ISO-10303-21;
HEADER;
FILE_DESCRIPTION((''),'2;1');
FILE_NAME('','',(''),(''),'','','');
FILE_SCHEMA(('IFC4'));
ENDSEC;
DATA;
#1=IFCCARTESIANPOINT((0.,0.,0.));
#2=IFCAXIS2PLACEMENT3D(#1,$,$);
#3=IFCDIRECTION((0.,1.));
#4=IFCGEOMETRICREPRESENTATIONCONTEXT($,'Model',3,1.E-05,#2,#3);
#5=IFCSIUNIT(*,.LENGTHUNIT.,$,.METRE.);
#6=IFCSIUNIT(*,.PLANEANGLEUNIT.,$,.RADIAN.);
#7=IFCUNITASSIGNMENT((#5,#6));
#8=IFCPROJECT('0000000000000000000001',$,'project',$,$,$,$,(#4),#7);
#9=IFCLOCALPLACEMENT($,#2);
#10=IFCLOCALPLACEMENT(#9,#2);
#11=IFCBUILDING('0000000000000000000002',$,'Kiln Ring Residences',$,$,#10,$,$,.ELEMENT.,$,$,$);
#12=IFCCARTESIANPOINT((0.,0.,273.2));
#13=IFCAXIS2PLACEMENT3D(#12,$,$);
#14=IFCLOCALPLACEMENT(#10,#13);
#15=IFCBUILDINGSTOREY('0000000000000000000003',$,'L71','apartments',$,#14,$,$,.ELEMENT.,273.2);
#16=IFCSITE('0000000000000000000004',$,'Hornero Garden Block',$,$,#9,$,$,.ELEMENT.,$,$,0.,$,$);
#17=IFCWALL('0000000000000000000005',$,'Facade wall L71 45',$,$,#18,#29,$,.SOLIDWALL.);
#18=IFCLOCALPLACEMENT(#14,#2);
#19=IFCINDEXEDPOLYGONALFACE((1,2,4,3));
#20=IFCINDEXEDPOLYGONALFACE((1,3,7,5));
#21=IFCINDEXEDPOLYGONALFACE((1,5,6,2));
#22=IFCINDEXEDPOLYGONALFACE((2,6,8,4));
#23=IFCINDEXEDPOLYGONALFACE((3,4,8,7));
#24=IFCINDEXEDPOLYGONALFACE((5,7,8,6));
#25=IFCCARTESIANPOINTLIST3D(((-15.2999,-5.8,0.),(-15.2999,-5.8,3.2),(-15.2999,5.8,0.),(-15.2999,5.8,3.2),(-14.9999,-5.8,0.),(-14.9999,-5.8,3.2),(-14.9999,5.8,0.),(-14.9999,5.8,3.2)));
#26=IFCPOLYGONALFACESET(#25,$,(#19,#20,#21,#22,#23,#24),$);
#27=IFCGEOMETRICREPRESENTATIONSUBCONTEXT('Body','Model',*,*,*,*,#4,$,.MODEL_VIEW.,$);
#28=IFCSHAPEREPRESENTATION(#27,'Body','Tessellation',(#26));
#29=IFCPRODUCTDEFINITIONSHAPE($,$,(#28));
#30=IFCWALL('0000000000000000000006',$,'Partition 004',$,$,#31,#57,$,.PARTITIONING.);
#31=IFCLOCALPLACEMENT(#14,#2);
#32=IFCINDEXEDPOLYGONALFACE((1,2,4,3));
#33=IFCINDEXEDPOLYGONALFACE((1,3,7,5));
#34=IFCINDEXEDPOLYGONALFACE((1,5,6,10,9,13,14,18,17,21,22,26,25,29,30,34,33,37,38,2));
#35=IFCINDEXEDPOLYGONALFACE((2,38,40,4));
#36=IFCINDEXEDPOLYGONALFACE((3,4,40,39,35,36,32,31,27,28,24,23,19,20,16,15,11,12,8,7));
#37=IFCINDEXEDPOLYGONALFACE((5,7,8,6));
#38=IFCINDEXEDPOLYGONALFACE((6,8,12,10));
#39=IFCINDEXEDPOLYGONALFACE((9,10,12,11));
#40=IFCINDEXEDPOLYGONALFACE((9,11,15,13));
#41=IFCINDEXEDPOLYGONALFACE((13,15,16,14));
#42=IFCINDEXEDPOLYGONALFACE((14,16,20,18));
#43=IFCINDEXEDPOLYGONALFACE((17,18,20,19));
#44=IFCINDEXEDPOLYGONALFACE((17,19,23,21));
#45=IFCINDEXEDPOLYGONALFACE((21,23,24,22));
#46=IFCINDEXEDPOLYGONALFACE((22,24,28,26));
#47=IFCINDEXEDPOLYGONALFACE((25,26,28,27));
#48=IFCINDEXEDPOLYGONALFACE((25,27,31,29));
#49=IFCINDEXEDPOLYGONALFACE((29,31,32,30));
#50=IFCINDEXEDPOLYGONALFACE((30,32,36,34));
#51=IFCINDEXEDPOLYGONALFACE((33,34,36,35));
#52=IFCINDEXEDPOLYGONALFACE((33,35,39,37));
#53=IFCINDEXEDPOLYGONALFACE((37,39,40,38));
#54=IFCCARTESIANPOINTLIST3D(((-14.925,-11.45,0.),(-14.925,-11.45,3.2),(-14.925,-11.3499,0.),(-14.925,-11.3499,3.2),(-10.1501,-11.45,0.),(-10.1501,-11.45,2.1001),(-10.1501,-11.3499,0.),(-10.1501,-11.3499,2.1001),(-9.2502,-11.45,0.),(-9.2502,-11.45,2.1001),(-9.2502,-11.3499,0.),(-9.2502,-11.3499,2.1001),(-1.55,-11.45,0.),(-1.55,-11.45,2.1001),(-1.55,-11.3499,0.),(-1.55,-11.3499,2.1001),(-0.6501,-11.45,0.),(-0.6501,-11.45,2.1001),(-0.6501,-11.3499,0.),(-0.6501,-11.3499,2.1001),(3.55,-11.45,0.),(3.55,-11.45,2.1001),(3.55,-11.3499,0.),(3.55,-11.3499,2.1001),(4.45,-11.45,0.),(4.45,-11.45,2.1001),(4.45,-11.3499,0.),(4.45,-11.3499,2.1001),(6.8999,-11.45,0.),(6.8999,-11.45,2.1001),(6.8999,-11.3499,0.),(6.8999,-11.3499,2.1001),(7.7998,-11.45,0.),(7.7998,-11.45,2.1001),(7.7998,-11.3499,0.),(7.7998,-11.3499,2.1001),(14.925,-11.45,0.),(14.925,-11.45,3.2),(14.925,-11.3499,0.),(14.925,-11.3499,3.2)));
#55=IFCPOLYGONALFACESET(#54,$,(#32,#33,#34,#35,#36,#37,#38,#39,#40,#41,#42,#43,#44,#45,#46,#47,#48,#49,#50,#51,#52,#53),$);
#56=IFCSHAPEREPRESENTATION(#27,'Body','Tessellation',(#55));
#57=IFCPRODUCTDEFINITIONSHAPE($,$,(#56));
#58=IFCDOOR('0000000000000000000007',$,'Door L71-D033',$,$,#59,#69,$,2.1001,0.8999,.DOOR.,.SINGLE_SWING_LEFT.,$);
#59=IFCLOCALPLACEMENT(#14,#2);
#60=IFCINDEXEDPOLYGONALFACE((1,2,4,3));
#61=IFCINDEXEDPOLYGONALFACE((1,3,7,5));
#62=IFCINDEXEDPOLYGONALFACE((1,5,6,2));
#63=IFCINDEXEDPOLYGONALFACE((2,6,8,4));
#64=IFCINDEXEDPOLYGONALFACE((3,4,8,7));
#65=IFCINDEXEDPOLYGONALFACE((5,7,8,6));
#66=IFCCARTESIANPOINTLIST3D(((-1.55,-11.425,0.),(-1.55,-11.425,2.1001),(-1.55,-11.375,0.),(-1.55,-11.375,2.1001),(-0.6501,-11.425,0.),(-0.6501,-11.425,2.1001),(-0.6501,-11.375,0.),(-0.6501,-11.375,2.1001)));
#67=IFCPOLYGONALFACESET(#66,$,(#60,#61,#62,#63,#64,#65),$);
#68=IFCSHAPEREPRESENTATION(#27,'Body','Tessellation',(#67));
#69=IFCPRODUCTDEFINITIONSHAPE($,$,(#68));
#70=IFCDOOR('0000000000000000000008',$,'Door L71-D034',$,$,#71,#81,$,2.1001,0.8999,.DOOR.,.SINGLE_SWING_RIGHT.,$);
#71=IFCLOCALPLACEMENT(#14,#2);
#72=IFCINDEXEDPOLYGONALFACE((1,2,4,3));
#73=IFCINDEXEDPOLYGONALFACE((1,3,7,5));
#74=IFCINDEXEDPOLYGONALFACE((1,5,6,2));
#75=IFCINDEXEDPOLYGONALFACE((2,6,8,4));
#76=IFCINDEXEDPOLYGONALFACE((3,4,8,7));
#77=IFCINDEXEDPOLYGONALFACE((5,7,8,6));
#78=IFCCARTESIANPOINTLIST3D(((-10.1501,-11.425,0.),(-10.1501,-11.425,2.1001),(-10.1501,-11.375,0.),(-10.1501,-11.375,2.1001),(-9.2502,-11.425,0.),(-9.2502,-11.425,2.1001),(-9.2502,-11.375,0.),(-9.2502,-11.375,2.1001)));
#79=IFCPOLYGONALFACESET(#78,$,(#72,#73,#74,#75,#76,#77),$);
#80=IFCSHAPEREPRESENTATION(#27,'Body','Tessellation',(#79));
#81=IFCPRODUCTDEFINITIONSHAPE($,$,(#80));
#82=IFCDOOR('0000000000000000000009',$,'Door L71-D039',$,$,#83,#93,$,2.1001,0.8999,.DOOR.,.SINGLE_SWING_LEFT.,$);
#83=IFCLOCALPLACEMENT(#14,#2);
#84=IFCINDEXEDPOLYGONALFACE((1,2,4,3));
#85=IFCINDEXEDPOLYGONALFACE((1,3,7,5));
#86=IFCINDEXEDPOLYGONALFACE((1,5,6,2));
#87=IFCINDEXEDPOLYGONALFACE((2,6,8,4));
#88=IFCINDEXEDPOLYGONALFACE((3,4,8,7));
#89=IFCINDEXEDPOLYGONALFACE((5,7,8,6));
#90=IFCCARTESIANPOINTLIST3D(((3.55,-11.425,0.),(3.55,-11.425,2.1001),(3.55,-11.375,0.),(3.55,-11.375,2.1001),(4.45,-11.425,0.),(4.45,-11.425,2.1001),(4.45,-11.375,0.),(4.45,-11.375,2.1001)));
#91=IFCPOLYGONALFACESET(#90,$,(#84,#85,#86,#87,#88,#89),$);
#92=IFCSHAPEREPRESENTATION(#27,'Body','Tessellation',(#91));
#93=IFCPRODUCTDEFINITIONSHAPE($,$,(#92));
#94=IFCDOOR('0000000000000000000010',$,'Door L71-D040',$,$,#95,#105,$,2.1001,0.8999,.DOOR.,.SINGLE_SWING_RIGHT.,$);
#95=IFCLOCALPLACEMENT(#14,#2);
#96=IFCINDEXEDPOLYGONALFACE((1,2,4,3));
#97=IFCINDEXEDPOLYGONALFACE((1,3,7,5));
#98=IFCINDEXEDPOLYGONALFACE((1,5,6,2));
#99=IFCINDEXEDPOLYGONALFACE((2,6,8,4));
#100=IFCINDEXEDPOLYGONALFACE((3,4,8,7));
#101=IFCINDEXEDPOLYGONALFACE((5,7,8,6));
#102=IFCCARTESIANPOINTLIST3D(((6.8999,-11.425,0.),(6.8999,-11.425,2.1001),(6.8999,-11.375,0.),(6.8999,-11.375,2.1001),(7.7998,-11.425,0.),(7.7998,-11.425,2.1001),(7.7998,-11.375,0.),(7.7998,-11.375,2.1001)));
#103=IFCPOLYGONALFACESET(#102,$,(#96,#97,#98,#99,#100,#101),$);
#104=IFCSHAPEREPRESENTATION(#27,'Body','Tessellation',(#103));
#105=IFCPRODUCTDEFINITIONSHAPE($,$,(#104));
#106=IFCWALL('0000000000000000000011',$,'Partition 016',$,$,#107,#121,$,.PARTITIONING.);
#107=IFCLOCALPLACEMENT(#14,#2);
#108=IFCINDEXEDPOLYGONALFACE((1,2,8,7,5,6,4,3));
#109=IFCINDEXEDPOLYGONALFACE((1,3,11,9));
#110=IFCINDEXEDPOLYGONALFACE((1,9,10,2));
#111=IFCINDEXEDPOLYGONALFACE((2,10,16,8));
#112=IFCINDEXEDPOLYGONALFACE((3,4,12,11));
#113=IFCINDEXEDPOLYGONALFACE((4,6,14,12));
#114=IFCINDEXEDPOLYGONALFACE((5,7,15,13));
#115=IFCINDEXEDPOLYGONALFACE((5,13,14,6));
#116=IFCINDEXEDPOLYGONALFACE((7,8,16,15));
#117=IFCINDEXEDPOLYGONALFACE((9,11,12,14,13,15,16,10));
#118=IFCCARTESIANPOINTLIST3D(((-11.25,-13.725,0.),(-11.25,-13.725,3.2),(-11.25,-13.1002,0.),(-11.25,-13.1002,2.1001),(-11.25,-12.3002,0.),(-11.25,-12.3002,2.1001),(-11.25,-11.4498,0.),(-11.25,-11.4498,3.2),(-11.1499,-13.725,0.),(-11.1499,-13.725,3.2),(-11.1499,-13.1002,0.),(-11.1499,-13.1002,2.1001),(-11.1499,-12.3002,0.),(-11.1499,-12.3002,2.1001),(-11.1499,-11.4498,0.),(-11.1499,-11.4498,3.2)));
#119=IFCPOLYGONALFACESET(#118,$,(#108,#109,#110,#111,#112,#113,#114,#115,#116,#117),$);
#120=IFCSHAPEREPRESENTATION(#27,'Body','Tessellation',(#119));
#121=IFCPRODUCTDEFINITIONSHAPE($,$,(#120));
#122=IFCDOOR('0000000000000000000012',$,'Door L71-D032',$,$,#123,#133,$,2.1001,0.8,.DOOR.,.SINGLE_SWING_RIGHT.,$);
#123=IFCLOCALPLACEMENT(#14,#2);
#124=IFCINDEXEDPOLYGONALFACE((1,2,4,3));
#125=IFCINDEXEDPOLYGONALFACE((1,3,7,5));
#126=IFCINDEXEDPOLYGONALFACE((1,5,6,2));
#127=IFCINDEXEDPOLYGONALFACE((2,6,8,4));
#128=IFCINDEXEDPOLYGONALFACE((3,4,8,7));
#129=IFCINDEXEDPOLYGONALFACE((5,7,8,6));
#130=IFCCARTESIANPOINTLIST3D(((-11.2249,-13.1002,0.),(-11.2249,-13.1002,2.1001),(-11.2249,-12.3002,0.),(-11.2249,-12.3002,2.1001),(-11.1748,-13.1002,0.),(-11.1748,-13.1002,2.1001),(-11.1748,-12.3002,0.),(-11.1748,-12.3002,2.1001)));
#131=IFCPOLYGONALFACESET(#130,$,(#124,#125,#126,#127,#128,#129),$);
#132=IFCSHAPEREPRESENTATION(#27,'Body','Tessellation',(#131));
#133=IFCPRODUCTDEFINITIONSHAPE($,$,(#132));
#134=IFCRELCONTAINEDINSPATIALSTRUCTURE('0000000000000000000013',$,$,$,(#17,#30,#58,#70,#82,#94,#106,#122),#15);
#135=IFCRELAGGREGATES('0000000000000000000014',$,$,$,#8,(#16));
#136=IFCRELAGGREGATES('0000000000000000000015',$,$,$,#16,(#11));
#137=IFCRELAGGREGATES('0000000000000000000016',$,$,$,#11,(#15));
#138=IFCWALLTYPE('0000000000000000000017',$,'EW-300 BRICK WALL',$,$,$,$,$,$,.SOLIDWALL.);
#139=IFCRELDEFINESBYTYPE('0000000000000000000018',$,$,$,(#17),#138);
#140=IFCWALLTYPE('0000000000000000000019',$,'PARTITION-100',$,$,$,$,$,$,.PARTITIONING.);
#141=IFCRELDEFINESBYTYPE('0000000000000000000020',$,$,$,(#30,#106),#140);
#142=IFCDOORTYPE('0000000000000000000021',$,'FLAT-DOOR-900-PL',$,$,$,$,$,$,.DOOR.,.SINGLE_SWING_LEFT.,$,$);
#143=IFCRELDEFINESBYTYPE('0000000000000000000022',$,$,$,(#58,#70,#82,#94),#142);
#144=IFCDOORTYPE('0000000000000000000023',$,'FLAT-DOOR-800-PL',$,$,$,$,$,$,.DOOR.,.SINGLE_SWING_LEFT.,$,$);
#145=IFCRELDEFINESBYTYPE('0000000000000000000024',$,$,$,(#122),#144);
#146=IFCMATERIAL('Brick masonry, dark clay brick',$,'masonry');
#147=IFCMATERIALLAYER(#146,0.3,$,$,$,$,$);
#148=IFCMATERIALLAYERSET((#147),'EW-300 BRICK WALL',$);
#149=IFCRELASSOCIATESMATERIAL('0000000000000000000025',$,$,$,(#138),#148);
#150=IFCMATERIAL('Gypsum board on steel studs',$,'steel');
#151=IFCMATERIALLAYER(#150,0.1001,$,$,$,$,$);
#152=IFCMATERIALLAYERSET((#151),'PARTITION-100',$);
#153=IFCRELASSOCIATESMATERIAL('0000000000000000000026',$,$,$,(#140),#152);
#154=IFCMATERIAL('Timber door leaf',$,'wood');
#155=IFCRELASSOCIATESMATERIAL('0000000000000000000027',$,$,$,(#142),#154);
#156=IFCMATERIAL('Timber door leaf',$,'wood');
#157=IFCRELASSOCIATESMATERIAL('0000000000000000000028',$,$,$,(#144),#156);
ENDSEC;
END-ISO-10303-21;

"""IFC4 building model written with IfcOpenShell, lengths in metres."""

from ifc_helpers import new_model, si_unit, direction, frame, frame_2d, origin, place, context, subcontext, project, spatial, rectangle, extrude, material, layer, layer_set, type_object, element, fill, save


model = new_model("IFC4")

# Units and contexts
model_context = context("Model", 3, precision=1e-05, world=origin(), true_north=direction((0.0, 1.0)))
body_context = subcontext(model_context, "Body", "Model", "MODEL_VIEW")
ifc_project = project(units=[si_unit("LENGTHUNIT", "METRE"), si_unit("PLANEANGLEUNIT", "RADIAN")], contexts=[model_context])

# Site, building, storey
site_placement = place(None, origin())
site = spatial("IfcSite", under=ifc_project, at=site_placement, Name="Hornero Garden Block", CompositionType="ELEMENT", RefElevation=0.0)
building_placement = place(site_placement, origin())
building = spatial("IfcBuilding", under=site, at=building_placement, Name="Kiln Ring Residences", CompositionType="ELEMENT")
storey_placement = place(building_placement, frame((0.0, 0.0, 273.2)))
storey = spatial("IfcBuildingStorey", under=building, at=storey_placement, Name="L71", Description="apartments", CompositionType="ELEMENT", Elevation=273.2)

# Wall
ifc_material_1 = material(Name="Brick masonry, dark clay brick", Category="masonry")
ifc_layer_1 = layer(ifc_material_1, 0.3)
ifc_layer_set_1 = layer_set([ifc_layer_1], Name="EW-300 BRICK WALL")
wall_type_1 = type_object("IfcWallType", Name="EW-300 BRICK WALL", PredefinedType="SOLIDWALL", material=ifc_layer_set_1)
wall_1_placement = place(storey_placement, frame((-15.1499, -5.8, 0.0), z_axis=(0.0, 0.0, 1.0), x_axis=(0.0, 1.0, 0.0)))
element("IfcWall", 1, at=wall_1_placement, inside=storey, type_object=wall_type_1, Name="Facade wall L71 45", PredefinedType="SOLIDWALL", context=body_context, shape_type="SweptSolid", body=[
    extrude(rectangle(XDim=11.6001, YDim=0.3, at=frame_2d((5.8, 0.0))), origin(), (0.0, 0.0, 1.0), 3.2),
])

# Wall, openings, doors
ifc_material_2 = material(Name="Gypsum board on steel studs", Category="steel")
ifc_layer_2 = layer(ifc_material_2, 0.1001)
ifc_layer_set_2 = layer_set([ifc_layer_2], Name="PARTITION-100")
wall_type_2 = type_object("IfcWallType", Name="PARTITION-100", PredefinedType="PARTITIONING", material=ifc_layer_set_2)
wall_2_placement = place(storey_placement, frame((-14.925, -11.3999, 0.0), z_axis=(0.0, 0.0, 1.0), x_axis=(1.0, 0.0, 0.0)))
wall_2 = element("IfcWall", 2, at=wall_2_placement, inside=storey, type_object=wall_type_2, Name="Partition 004", PredefinedType="PARTITIONING", context=body_context, shape_type="SweptSolid", body=[
    extrude(rectangle(XDim=29.8501, YDim=0.1001, at=frame_2d((14.925, 0.0))), origin(), (0.0, 0.0, 1.0), 3.2),
])
opening_1_placement = place(wall_2_placement, frame((13.375, 0.0, 0.0)))
opening_1 = element("IfcOpeningElement", 3, at=opening_1_placement, cuts=wall_2, PredefinedType="OPENING", context=body_context, shape_type="SweptSolid", body=[
    extrude(rectangle(XDim=0.8999, YDim=2.1001, at=frame_2d((0.45, 1.05))), frame((0.0, 0.0601, 0.0), z_axis=(0.0, -1.0, 0.0), x_axis=(1.0, 0.0, 0.0)), (0.0, 0.0, 1.0), 0.1201),
])
opening_2_placement = place(wall_2_placement, frame((4.7749, 0.0, 0.0)))
opening_2 = element("IfcOpeningElement", 4, at=opening_2_placement, cuts=wall_2, PredefinedType="OPENING", context=body_context, shape_type="SweptSolid", body=[
    extrude(rectangle(XDim=0.8999, YDim=2.1001, at=frame_2d((0.45, 1.05))), frame((0.0, 0.0601, 0.0), z_axis=(0.0, -1.0, 0.0), x_axis=(1.0, 0.0, 0.0)), (0.0, 0.0, 1.0), 0.1201),
])
opening_3_placement = place(wall_2_placement, frame((18.4751, 0.0, 0.0)))
opening_3 = element("IfcOpeningElement", 5, at=opening_3_placement, cuts=wall_2, PredefinedType="OPENING", context=body_context, shape_type="SweptSolid", body=[
    extrude(rectangle(XDim=0.8999, YDim=2.1001, at=frame_2d((0.45, 1.05))), frame((0.0, 0.0601, 0.0), z_axis=(0.0, -1.0, 0.0), x_axis=(1.0, 0.0, 0.0)), (0.0, 0.0, 1.0), 0.1201),
])
opening_4_placement = place(wall_2_placement, frame((21.825, 0.0, 0.0)))
opening_4 = element("IfcOpeningElement", 6, at=opening_4_placement, cuts=wall_2, PredefinedType="OPENING", context=body_context, shape_type="SweptSolid", body=[
    extrude(rectangle(XDim=0.8999, YDim=2.1001, at=frame_2d((0.45, 1.05))), frame((0.0, 0.0601, 0.0), z_axis=(0.0, -1.0, 0.0), x_axis=(1.0, 0.0, 0.0)), (0.0, 0.0, 1.0), 0.1201),
])
ifc_material_3 = material(Name="Timber door leaf", Category="wood")
door_type_1 = type_object("IfcDoorType", Name="FLAT-DOOR-900-PL", OperationType="SINGLE_SWING_LEFT", PredefinedType="DOOR", material=ifc_material_3)
door_1_placement = place(opening_1_placement, origin())
door_1 = element("IfcDoor", 7, at=door_1_placement, inside=storey, type_object=door_type_1, Name="Door L71-D033", OperationType="SINGLE_SWING_LEFT", OverallHeight=2.1001, OverallWidth=0.8999, PredefinedType="DOOR", context=body_context, shape_type="SweptSolid", body=[
    extrude(rectangle(XDim=0.8999, YDim=2.1001, at=frame_2d((0.45, 1.05))), frame((0.0, 0.0249, 0.0), z_axis=(0.0, -1.0, 0.0), x_axis=(1.0, 0.0, 0.0)), (0.0, 0.0, 1.0), 0.05),
])
fill(opening_1, door_1)
door_2_placement = place(opening_2_placement, origin())
door_2 = element("IfcDoor", 8, at=door_2_placement, inside=storey, type_object=door_type_1, Name="Door L71-D034", OperationType="SINGLE_SWING_RIGHT", OverallHeight=2.1001, OverallWidth=0.8999, PredefinedType="DOOR", context=body_context, shape_type="SweptSolid", body=[
    extrude(rectangle(XDim=0.8999, YDim=2.1001, at=frame_2d((0.45, 1.05))), frame((0.0, 0.0249, 0.0), z_axis=(0.0, -1.0, 0.0), x_axis=(1.0, 0.0, 0.0)), (0.0, 0.0, 1.0), 0.05),
])
fill(opening_2, door_2)
door_3_placement = place(opening_3_placement, origin())
door_3 = element("IfcDoor", 9, at=door_3_placement, inside=storey, type_object=door_type_1, Name="Door L71-D039", OperationType="SINGLE_SWING_LEFT", OverallHeight=2.1001, OverallWidth=0.8999, PredefinedType="DOOR", context=body_context, shape_type="SweptSolid", body=[
    extrude(rectangle(XDim=0.8999, YDim=2.1001, at=frame_2d((0.45, 1.05))), frame((0.0, 0.0249, 0.0), z_axis=(0.0, -1.0, 0.0), x_axis=(1.0, 0.0, 0.0)), (0.0, 0.0, 1.0), 0.05),
])
fill(opening_3, door_3)
door_4_placement = place(opening_4_placement, origin())
door_4 = element("IfcDoor", 10, at=door_4_placement, inside=storey, type_object=door_type_1, Name="Door L71-D040", OperationType="SINGLE_SWING_RIGHT", OverallHeight=2.1001, OverallWidth=0.8999, PredefinedType="DOOR", context=body_context, shape_type="SweptSolid", body=[
    extrude(rectangle(XDim=0.8999, YDim=2.1001, at=frame_2d((0.45, 1.05))), frame((0.0, 0.0249, 0.0), z_axis=(0.0, -1.0, 0.0), x_axis=(1.0, 0.0, 0.0)), (0.0, 0.0, 1.0), 0.05),
])
fill(opening_4, door_4)

# Wall, opening, door
wall_3_placement = place(storey_placement, frame((-11.2, -13.7251, 0.0), z_axis=(0.0, 0.0, 1.0), x_axis=(0.0, 1.0, 0.0)))
wall_3 = element("IfcWall", 11, at=wall_3_placement, inside=storey, type_object=wall_type_2, Name="Partition 016", PredefinedType="PARTITIONING", context=body_context, shape_type="SweptSolid", body=[
    extrude(rectangle(XDim=2.2751, YDim=0.1001, at=frame_2d((1.1377, 0.0))), origin(), (0.0, 0.0, 1.0), 3.2),
])
opening_5_placement = place(wall_3_placement, frame((0.625, 0.0, 0.0)))
opening_5 = element("IfcOpeningElement", 12, at=opening_5_placement, cuts=wall_3, PredefinedType="OPENING", context=body_context, shape_type="SweptSolid", body=[
    extrude(rectangle(XDim=0.8, YDim=2.1001, at=frame_2d((0.3999, 1.05))), frame((0.0, 0.0601, 0.0), z_axis=(0.0, -1.0, 0.0), x_axis=(1.0, 0.0, 0.0)), (0.0, 0.0, 1.0), 0.1201),
])
ifc_material_4 = material(Name="Timber door leaf", Category="wood")
door_type_2 = type_object("IfcDoorType", Name="FLAT-DOOR-800-PL", OperationType="SINGLE_SWING_LEFT", PredefinedType="DOOR", material=ifc_material_4)
door_5_placement = place(opening_5_placement, origin())
door_5 = element("IfcDoor", 13, at=door_5_placement, inside=storey, type_object=door_type_2, Name="Door L71-D032", OperationType="SINGLE_SWING_RIGHT", OverallHeight=2.1001, OverallWidth=0.8, PredefinedType="DOOR", context=body_context, shape_type="SweptSolid", body=[
    extrude(rectangle(XDim=0.8, YDim=2.1001, at=frame_2d((0.3999, 1.05))), frame((0.0, 0.0249, 0.0), z_axis=(0.0, -1.0, 0.0), x_axis=(1.0, 0.0, 0.0)), (0.0, 0.0, 1.0), 0.05),
])
fill(opening_5, door_5)

save(model, "model.ifc")
